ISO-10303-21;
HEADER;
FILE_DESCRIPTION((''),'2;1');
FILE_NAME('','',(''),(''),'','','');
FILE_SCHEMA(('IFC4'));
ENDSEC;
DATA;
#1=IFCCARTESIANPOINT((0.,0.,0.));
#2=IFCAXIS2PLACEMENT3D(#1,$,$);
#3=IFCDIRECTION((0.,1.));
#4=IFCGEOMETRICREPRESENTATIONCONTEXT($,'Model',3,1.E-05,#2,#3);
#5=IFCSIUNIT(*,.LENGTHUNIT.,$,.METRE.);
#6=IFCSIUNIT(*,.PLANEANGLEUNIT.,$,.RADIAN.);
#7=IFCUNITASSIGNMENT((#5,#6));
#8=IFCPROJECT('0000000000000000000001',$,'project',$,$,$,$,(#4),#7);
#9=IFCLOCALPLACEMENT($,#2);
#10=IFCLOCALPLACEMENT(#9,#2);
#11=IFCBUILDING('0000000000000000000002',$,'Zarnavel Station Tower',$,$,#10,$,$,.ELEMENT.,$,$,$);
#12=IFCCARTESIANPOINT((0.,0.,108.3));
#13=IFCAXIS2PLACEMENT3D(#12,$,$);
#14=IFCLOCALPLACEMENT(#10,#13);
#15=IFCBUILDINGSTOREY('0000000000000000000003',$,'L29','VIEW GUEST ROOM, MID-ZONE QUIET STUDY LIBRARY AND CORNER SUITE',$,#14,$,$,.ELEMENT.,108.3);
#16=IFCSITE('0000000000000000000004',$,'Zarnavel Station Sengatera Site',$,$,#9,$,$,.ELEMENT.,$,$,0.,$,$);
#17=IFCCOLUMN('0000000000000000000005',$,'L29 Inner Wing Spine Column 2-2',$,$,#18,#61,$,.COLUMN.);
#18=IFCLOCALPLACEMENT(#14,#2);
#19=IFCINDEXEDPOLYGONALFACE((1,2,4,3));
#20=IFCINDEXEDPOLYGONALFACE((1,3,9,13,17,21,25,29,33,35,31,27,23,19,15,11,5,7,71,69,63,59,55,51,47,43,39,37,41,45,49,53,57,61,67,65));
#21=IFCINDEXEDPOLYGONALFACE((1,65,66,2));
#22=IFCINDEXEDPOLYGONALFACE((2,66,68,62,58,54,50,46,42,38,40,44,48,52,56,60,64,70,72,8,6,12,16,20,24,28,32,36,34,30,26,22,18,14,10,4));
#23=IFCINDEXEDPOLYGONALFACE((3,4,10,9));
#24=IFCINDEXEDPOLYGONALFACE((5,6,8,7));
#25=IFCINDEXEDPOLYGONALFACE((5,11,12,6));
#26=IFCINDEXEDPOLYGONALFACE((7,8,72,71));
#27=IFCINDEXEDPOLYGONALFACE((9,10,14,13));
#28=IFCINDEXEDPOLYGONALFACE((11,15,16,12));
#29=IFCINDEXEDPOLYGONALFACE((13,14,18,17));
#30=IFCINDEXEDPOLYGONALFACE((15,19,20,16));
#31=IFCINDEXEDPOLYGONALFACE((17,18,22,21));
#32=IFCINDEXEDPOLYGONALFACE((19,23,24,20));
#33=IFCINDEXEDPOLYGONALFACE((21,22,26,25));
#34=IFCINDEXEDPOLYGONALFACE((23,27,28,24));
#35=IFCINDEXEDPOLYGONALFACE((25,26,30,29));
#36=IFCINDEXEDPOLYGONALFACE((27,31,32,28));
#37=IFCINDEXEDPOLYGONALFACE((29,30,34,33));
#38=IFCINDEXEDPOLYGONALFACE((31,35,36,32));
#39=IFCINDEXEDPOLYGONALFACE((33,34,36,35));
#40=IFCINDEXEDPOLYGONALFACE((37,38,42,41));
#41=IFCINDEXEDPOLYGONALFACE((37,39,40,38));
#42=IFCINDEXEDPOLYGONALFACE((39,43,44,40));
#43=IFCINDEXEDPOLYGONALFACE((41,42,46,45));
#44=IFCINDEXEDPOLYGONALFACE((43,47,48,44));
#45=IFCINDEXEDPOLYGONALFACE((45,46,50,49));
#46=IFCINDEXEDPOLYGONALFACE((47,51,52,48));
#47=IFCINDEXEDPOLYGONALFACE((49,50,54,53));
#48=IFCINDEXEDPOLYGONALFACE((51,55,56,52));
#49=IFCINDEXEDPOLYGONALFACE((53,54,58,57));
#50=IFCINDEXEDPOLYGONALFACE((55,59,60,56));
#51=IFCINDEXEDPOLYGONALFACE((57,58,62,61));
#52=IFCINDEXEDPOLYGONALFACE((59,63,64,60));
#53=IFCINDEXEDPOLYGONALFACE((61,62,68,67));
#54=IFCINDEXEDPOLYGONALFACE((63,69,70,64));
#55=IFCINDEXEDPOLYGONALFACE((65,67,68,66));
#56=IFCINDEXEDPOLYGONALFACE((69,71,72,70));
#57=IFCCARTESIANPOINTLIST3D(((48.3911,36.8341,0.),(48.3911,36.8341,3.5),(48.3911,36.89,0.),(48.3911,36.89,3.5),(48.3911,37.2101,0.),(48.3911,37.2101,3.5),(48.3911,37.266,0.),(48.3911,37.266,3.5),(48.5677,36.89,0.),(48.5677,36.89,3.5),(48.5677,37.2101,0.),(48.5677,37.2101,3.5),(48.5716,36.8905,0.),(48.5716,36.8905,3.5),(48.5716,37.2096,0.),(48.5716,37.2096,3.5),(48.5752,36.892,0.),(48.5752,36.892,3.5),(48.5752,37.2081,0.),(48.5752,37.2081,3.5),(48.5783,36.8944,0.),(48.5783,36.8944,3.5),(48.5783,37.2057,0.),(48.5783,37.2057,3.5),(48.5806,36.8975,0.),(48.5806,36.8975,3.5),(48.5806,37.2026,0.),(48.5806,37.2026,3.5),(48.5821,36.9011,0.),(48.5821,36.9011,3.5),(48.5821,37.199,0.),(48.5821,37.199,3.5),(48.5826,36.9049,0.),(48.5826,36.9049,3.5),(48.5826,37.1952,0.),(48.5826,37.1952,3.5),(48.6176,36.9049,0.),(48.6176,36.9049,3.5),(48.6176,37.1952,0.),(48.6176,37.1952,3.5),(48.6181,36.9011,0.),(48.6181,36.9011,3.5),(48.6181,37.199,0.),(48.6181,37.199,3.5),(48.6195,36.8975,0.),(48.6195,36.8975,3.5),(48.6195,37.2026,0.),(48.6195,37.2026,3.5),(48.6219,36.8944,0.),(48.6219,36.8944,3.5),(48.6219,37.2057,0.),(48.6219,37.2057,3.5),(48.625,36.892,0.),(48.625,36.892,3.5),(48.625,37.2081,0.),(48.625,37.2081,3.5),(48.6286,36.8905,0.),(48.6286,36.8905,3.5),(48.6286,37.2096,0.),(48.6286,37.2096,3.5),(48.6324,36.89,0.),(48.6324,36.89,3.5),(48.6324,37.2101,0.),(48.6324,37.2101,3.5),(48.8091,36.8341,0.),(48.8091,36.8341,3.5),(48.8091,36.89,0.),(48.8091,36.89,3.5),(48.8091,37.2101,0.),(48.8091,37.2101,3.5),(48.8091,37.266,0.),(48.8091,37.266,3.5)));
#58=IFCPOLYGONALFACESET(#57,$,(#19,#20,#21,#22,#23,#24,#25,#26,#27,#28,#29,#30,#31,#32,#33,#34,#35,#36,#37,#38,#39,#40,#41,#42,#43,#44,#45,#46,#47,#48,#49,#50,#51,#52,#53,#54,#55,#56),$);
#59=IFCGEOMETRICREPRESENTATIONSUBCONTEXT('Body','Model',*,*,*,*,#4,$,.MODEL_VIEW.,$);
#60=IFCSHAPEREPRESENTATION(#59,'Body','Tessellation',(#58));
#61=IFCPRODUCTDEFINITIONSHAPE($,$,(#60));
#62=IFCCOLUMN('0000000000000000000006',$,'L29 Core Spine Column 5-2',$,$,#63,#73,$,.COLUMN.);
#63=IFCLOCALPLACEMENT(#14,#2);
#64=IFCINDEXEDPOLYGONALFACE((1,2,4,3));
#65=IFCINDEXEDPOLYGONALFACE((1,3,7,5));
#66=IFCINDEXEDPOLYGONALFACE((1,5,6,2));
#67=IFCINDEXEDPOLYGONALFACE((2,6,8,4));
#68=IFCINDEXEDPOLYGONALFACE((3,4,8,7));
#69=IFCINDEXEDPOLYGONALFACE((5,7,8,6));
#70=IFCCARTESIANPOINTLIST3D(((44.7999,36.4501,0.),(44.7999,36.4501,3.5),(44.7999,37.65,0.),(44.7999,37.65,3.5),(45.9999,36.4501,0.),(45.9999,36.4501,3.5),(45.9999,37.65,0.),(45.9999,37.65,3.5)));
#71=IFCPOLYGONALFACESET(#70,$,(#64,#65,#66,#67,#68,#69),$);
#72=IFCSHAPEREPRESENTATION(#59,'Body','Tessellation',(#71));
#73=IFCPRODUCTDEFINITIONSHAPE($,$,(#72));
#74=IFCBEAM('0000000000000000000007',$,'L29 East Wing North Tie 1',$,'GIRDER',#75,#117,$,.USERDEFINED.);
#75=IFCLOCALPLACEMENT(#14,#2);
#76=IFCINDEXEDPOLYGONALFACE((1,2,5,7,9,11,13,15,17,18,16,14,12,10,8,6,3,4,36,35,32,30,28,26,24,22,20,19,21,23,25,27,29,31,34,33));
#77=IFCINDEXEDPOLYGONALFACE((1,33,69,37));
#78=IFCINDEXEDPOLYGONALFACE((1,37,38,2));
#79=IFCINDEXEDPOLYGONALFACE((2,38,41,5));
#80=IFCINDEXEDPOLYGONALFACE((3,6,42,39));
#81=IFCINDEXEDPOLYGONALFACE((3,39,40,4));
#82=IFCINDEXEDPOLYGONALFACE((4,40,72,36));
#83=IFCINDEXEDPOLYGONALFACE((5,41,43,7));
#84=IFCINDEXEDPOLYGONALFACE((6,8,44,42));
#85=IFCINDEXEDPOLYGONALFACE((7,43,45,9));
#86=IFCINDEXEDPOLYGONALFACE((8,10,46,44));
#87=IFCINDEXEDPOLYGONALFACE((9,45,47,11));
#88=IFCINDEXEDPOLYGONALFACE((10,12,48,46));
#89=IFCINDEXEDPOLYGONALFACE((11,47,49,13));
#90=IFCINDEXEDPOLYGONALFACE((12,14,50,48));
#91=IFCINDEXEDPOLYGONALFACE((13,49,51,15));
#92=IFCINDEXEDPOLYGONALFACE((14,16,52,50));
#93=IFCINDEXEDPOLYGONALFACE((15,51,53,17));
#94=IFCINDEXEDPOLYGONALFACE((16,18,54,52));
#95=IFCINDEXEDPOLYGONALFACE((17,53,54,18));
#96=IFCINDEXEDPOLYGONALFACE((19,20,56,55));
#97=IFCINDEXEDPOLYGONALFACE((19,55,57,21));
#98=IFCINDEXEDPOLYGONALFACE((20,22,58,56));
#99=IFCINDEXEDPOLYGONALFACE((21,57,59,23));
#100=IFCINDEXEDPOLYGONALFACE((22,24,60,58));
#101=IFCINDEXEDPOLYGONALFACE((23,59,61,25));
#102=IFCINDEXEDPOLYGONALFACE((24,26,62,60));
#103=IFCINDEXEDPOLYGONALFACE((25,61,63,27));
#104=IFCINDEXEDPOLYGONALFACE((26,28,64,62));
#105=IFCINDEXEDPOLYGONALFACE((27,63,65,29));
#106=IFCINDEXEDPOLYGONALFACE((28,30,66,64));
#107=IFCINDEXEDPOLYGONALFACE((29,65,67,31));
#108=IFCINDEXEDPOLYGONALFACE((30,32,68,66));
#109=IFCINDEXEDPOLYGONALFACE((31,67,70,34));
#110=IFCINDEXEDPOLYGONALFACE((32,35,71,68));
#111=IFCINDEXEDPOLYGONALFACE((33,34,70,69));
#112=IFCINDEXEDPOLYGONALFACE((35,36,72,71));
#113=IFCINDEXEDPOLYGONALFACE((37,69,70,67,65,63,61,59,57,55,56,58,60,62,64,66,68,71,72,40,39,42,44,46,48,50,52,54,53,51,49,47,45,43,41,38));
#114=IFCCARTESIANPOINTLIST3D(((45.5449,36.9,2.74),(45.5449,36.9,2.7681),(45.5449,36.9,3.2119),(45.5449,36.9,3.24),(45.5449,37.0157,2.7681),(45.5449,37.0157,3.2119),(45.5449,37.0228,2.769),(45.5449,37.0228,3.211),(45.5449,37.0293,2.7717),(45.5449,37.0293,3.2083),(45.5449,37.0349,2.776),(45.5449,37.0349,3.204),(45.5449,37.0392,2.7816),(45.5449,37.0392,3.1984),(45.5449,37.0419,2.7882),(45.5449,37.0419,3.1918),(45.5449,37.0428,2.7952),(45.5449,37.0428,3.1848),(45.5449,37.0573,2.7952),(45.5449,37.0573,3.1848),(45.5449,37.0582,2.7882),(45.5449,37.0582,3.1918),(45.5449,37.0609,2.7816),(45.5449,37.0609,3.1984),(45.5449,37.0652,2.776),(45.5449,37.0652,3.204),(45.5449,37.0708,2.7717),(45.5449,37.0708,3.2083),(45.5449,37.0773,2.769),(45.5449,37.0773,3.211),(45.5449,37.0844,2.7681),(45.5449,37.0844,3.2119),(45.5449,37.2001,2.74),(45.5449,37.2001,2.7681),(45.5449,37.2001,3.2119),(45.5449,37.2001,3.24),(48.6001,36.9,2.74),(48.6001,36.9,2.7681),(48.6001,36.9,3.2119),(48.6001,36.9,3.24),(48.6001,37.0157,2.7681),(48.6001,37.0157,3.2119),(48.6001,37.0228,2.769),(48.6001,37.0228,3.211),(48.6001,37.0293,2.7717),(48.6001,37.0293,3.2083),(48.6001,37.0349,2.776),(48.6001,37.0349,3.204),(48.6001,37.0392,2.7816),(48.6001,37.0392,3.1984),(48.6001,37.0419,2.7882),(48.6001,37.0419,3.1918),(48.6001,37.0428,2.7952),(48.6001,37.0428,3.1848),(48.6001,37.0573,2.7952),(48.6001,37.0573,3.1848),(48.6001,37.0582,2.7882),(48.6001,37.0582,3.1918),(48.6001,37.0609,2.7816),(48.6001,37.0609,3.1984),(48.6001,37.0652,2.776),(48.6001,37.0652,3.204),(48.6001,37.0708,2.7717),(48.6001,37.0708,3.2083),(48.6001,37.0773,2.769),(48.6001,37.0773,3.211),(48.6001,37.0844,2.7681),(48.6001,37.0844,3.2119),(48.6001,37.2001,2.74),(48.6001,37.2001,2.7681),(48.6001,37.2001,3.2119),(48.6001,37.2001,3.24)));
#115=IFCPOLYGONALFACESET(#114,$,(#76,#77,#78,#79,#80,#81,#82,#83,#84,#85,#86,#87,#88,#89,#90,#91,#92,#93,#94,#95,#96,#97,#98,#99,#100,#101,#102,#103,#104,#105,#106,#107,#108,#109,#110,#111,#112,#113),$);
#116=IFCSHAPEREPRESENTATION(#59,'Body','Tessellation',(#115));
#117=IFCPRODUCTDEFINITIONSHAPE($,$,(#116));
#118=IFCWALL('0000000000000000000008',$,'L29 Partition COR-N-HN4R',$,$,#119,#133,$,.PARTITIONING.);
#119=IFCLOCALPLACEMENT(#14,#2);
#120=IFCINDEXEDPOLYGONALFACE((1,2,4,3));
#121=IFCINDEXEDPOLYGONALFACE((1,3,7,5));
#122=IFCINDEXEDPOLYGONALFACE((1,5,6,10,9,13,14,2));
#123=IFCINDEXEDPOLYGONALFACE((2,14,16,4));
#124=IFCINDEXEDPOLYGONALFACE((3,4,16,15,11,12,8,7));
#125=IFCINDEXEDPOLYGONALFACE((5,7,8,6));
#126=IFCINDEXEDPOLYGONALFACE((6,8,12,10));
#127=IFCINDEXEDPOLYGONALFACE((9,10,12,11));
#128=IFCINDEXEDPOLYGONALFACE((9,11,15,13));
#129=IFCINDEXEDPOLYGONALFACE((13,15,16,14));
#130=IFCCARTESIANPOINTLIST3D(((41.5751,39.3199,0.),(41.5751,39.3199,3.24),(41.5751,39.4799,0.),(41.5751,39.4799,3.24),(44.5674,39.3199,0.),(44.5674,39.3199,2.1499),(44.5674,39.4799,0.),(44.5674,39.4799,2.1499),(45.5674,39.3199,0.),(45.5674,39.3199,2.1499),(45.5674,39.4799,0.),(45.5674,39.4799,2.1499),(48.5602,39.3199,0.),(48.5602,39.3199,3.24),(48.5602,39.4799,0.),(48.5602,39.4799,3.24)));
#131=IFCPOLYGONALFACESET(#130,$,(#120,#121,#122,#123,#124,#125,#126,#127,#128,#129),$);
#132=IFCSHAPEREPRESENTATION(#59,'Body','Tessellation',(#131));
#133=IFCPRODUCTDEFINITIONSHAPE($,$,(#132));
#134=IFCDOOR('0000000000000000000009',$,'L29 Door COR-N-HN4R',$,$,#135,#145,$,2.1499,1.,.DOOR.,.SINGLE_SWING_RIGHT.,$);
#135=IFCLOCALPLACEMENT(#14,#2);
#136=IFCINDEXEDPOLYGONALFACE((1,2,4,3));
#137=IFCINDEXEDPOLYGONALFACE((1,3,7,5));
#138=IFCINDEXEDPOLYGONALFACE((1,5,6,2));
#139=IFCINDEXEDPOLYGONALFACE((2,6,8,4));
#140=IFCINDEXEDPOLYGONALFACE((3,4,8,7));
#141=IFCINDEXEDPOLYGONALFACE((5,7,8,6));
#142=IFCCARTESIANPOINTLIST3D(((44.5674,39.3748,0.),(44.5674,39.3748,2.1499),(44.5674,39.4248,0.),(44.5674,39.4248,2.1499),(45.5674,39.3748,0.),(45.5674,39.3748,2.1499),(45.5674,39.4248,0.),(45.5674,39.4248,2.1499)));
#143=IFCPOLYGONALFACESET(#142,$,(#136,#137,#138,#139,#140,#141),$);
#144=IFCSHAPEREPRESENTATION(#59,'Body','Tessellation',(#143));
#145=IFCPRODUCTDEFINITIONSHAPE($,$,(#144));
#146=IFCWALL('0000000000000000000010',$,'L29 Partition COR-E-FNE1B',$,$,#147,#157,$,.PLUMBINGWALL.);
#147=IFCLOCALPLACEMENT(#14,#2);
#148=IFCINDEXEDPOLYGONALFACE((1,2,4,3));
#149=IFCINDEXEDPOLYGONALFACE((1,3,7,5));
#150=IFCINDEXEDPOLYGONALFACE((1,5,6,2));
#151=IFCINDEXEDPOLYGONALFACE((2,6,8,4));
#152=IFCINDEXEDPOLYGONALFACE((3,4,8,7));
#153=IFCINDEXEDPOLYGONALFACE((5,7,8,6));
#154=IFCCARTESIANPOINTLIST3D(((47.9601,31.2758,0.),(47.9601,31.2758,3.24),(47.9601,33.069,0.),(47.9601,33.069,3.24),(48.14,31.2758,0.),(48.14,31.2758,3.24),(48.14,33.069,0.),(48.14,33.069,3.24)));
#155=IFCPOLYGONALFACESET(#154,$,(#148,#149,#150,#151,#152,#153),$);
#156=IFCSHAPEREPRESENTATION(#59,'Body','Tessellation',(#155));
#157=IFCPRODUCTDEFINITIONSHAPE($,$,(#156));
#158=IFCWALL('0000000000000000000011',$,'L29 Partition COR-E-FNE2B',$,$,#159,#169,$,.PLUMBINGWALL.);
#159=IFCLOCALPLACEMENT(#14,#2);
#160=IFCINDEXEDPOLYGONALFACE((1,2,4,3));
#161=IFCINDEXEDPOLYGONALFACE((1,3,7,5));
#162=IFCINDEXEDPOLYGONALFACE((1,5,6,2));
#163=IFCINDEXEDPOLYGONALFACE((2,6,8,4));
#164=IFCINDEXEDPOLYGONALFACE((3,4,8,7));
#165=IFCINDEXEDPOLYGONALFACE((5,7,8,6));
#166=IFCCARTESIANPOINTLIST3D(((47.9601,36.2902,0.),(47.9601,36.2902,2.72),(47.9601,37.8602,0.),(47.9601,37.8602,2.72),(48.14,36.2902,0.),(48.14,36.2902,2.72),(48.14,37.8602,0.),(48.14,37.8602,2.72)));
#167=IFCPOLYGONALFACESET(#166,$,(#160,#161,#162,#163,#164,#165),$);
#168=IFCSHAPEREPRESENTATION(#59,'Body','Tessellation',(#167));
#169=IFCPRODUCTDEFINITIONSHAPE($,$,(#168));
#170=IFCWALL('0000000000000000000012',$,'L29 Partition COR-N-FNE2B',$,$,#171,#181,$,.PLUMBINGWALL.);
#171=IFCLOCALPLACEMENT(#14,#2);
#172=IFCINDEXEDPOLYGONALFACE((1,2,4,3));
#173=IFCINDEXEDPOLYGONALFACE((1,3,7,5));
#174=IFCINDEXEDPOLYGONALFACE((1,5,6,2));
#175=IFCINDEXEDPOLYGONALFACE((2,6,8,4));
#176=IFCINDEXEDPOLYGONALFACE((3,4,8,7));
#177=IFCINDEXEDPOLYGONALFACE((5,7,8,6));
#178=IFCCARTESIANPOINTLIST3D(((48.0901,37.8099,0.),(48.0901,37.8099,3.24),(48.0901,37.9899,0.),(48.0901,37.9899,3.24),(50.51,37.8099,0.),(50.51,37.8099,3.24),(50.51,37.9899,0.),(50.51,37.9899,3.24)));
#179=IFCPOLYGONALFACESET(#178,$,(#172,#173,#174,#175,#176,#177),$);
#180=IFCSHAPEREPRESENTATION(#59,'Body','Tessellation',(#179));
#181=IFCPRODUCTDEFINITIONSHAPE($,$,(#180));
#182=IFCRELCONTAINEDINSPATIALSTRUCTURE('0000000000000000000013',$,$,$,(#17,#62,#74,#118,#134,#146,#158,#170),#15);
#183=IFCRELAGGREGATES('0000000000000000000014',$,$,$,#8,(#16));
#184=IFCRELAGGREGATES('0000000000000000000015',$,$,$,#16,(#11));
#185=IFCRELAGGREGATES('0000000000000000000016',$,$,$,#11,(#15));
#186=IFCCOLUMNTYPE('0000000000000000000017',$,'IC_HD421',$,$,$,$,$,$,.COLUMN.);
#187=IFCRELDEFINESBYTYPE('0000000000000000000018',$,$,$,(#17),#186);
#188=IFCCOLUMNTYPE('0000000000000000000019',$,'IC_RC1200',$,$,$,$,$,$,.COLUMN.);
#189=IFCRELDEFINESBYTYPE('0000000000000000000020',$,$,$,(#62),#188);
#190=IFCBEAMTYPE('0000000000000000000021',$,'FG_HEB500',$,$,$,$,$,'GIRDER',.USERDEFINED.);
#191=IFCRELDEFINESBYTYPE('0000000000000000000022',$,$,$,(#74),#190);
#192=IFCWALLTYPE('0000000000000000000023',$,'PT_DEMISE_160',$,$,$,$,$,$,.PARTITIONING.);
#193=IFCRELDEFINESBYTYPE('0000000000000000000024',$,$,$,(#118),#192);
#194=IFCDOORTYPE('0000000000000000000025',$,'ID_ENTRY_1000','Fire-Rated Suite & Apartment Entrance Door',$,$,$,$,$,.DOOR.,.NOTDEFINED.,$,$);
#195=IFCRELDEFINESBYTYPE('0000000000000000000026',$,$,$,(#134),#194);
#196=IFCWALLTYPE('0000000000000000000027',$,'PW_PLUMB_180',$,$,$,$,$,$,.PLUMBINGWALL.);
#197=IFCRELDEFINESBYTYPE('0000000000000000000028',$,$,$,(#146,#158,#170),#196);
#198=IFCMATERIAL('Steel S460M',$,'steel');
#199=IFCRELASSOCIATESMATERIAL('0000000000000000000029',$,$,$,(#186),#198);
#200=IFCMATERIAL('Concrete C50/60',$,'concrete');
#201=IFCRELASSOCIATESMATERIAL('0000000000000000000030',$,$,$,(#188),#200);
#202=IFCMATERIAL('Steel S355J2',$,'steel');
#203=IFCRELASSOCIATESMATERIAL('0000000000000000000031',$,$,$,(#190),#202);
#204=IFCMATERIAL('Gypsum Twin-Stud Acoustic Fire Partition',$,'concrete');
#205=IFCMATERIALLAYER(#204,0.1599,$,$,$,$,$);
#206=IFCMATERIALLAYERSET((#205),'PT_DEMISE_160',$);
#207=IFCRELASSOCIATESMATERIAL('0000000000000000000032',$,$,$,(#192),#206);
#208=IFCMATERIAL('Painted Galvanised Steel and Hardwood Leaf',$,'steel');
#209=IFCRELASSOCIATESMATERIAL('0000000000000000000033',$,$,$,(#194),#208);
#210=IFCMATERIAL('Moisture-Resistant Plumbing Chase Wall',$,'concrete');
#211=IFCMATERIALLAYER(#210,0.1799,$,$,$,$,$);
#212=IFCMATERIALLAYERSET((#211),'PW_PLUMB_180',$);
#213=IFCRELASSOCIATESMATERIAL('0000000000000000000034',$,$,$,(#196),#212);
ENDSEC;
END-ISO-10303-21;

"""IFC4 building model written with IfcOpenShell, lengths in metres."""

from ifc_helpers import new_model, si_unit, direction, frame, frame_2d, origin, origin_2d, place, context, subcontext, project, spatial, rectangle, i_section, extrude, material, layer, layer_set, material_profile, profile_set, type_object, element, fill, save


model = new_model("IFC4")

# Units and contexts
model_context = context("Model", 3, precision=1e-05, world=origin(), true_north=direction((0.0, 1.0)))
body_context = subcontext(model_context, "Body", "Model", "MODEL_VIEW")
ifc_project = project(units=[si_unit("LENGTHUNIT", "METRE"), si_unit("PLANEANGLEUNIT", "RADIAN")], contexts=[model_context])

# Site, building, storey
site_placement = place(None, origin())
site = spatial("IfcSite", under=ifc_project, at=site_placement, Name="Zarnavel Station Sengatera Site", CompositionType="ELEMENT", RefElevation=0.0)
building_placement = place(site_placement, origin())
building = spatial("IfcBuilding", under=site, at=building_placement, Name="Zarnavel Station Tower", CompositionType="ELEMENT")
storey_placement = place(building_placement, frame((0.0, 0.0, 108.3)))
storey = spatial("IfcBuildingStorey", under=building, at=storey_placement, Name="L29", Description="VIEW GUEST ROOM, MID-ZONE QUIET STUDY LIBRARY AND CORNER SUITE", CompositionType="ELEMENT", Elevation=108.3)

# Columns
ifc_material_1 = material(Name="Steel S460M", Category="steel")
ifc_material_profile_1 = material_profile(ifc_material_1, i_section(OverallWidth=0.418, OverallDepth=0.4319, WebThickness=0.0349, FlangeThickness=0.0559, FilletRadius=0.0149, at=origin_2d()), Name="HD400x421")
ifc_profile_set_1 = profile_set([ifc_material_profile_1], Name="Steel S460M")
column_type_1 = type_object("IfcColumnType", Name="IC_HD421", PredefinedType="COLUMN", material=ifc_profile_set_1)
column_1_placement = place(storey_placement, frame((48.6001, 37.05, 0.0), z_axis=(0.0, 0.0, 1.0), x_axis=(1.0, 0.0, 0.0)))
element("IfcColumn", 1, at=column_1_placement, inside=storey, type_object=column_type_1, Name="L29 Inner Wing Spine Column 2-2", PredefinedType="COLUMN", context=body_context, shape_type="SweptSolid", body=[
    extrude(i_section(OverallWidth=0.418, OverallDepth=0.4319, WebThickness=0.0349, FlangeThickness=0.0559, FilletRadius=0.0149, at=origin_2d()), origin(), (0.0, 0.0, 1.0), 3.5),
])
ifc_material_2 = material(Name="Concrete C50/60", Category="concrete")
ifc_material_profile_2 = material_profile(ifc_material_2, rectangle(XDim=1.2, YDim=1.2, at=origin_2d()), Name="RC1200x1200")
ifc_profile_set_2 = profile_set([ifc_material_profile_2], Name="Concrete C50/60")
column_type_2 = type_object("IfcColumnType", Name="IC_RC1200", PredefinedType="COLUMN", material=ifc_profile_set_2)
column_2_placement = place(storey_placement, frame((45.3999, 37.05, 0.0), z_axis=(0.0, 0.0, 1.0), x_axis=(1.0, 0.0, 0.0)))
element("IfcColumn", 2, at=column_2_placement, inside=storey, type_object=column_type_2, Name="L29 Core Spine Column 5-2", PredefinedType="COLUMN", context=body_context, shape_type="SweptSolid", body=[
    extrude(rectangle(XDim=1.2, YDim=1.2, at=origin_2d()), origin(), (0.0, 0.0, 1.0), 3.5),
])

# Beam
ifc_material_3 = material(Name="Steel S355J2", Category="steel")
ifc_material_profile_3 = material_profile(ifc_material_3, i_section(OverallWidth=0.3, OverallDepth=0.5, WebThickness=0.0144, FlangeThickness=0.0281, FilletRadius=0.0271, at=origin_2d()), Name="HEB500")
ifc_profile_set_3 = profile_set([ifc_material_profile_3], Name="Steel S355J2")
beam_type = type_object("IfcBeamType", Name="FG_HEB500", ElementType="GIRDER", PredefinedType="USERDEFINED", material=ifc_profile_set_3)
beam_placement = place(storey_placement, frame((45.5449, 37.05, 2.99), z_axis=(1.0, 0.0, 0.0), x_axis=(0.0, 1.0, 0.0)))
element("IfcBeam", 3, at=beam_placement, inside=storey, type_object=beam_type, Name="L29 East Wing North Tie 1", ObjectType="GIRDER", PredefinedType="USERDEFINED", context=body_context, shape_type="SweptSolid", body=[
    extrude(i_section(OverallWidth=0.3, OverallDepth=0.5, WebThickness=0.0144, FlangeThickness=0.0281, FilletRadius=0.0271, at=origin_2d()), origin(), (0.0, 0.0, 1.0), 3.0552),
])

# Wall, opening, door
ifc_material_4 = material(Name="Gypsum Twin-Stud Acoustic Fire Partition", Category="concrete")
ifc_layer_1 = layer(ifc_material_4, 0.1599)
ifc_layer_set_1 = layer_set([ifc_layer_1], Name="PT_DEMISE_160")
wall_type_1 = type_object("IfcWallType", Name="PT_DEMISE_160", PredefinedType="PARTITIONING", material=ifc_layer_set_1)
ifc_material_5 = material(Name="Painted Galvanised Steel and Hardwood Leaf", Category="steel")
door_type_1 = type_object("IfcDoorType", Name="ID_ENTRY_1000", Description="Fire-Rated Suite & Apartment Entrance Door", OperationType="NOTDEFINED", PredefinedType="DOOR", material=ifc_material_5)
wall_1_placement = place(storey_placement, frame((41.575, 39.3999, 0.0), z_axis=(0.0, 0.0, 1.0), x_axis=(1.0, 0.0, 0.0)))
wall_1 = element("IfcWall", 4, at=wall_1_placement, inside=storey, type_object=wall_type_1, Name="L29 Partition COR-N-HN4R", PredefinedType="PARTITIONING", context=body_context, shape_type="SweptSolid", body=[
    extrude(rectangle(XDim=6.9851, YDim=0.1599, at=frame_2d((3.4927, 0.0))), origin(), (0.0, 0.0, 1.0), 3.24),
])
opening_1_placement = place(wall_1_placement, frame((2.9924, 0.0, 0.0)))
opening_1 = element("IfcOpeningElement", 5, at=opening_1_placement, cuts=wall_1, PredefinedType="OPENING", context=body_context, shape_type="SweptSolid", body=[
    extrude(rectangle(XDim=1.0, YDim=2.1499, at=frame_2d((0.5, 1.075))), frame((0.0, 0.0898, 0.0), z_axis=(0.0, -1.0, 0.0), x_axis=(1.0, 0.0, 0.0)), (0.0, 0.0, 1.0), 0.1799),
])
door_1_placement = place(opening_1_placement, origin())
door_1 = element("IfcDoor", 6, at=door_1_placement, inside=storey, type_object=door_type_1, Name="L29 Door COR-N-HN4R", OperationType="SINGLE_SWING_RIGHT", OverallHeight=2.1499, OverallWidth=1.0, PredefinedType="DOOR", context=body_context, shape_type="SweptSolid", body=[
    extrude(rectangle(XDim=1.0, YDim=2.1499, at=frame_2d((0.5, 1.075))), frame((0.0, 0.0249, 0.0), z_axis=(0.0, -1.0, 0.0), x_axis=(1.0, 0.0, 0.0)), (0.0, 0.0, 1.0), 0.05),
])
fill(opening_1, door_1)

# Walls
ifc_material_6 = material(Name="Moisture-Resistant Plumbing Chase Wall", Category="concrete")
ifc_layer_2 = layer(ifc_material_6, 0.1799)
ifc_layer_set_2 = layer_set([ifc_layer_2], Name="PW_PLUMB_180")
wall_type_2 = type_object("IfcWallType", Name="PW_PLUMB_180", PredefinedType="PLUMBINGWALL", material=ifc_layer_set_2)
wall_2_placement = place(storey_placement, frame((48.05, 31.2759, 0.0), z_axis=(0.0, 0.0, 1.0), x_axis=(0.0, 1.0, 0.0)))
element("IfcWall", 7, at=wall_2_placement, inside=storey, type_object=wall_type_2, Name="L29 Partition COR-E-FNE1B", PredefinedType="PLUMBINGWALL", context=body_context, shape_type="SweptSolid", body=[
    extrude(rectangle(XDim=1.7932, YDim=0.1799, at=frame_2d((0.8965, 0.0))), origin(), (0.0, 0.0, 1.0), 3.24),
])
wall_3_placement = place(storey_placement, frame((48.05, 36.29, 0.0), z_axis=(0.0, 0.0, 1.0), x_axis=(0.0, 1.0, 0.0)))
element("IfcWall", 8, at=wall_3_placement, inside=storey, type_object=wall_type_2, Name="L29 Partition COR-E-FNE2B", PredefinedType="PLUMBINGWALL", context=body_context, shape_type="SweptSolid", body=[
    extrude(rectangle(XDim=1.5701, YDim=0.1799, at=frame_2d((0.7852, 0.0))), origin(), (0.0, 0.0, 1.0), 2.72),
])
wall_4_placement = place(storey_placement, frame((48.0901, 37.8999, 0.0), z_axis=(0.0, 0.0, 1.0), x_axis=(1.0, 0.0, 0.0)))
element("IfcWall", 9, at=wall_4_placement, inside=storey, type_object=wall_type_2, Name="L29 Partition COR-N-FNE2B", PredefinedType="PLUMBINGWALL", context=body_context, shape_type="SweptSolid", body=[
    extrude(rectangle(XDim=2.4199, YDim=0.1799, at=frame_2d((1.21, 0.0))), origin(), (0.0, 0.0, 1.0), 3.24),
])

save(model, "model.ifc")
